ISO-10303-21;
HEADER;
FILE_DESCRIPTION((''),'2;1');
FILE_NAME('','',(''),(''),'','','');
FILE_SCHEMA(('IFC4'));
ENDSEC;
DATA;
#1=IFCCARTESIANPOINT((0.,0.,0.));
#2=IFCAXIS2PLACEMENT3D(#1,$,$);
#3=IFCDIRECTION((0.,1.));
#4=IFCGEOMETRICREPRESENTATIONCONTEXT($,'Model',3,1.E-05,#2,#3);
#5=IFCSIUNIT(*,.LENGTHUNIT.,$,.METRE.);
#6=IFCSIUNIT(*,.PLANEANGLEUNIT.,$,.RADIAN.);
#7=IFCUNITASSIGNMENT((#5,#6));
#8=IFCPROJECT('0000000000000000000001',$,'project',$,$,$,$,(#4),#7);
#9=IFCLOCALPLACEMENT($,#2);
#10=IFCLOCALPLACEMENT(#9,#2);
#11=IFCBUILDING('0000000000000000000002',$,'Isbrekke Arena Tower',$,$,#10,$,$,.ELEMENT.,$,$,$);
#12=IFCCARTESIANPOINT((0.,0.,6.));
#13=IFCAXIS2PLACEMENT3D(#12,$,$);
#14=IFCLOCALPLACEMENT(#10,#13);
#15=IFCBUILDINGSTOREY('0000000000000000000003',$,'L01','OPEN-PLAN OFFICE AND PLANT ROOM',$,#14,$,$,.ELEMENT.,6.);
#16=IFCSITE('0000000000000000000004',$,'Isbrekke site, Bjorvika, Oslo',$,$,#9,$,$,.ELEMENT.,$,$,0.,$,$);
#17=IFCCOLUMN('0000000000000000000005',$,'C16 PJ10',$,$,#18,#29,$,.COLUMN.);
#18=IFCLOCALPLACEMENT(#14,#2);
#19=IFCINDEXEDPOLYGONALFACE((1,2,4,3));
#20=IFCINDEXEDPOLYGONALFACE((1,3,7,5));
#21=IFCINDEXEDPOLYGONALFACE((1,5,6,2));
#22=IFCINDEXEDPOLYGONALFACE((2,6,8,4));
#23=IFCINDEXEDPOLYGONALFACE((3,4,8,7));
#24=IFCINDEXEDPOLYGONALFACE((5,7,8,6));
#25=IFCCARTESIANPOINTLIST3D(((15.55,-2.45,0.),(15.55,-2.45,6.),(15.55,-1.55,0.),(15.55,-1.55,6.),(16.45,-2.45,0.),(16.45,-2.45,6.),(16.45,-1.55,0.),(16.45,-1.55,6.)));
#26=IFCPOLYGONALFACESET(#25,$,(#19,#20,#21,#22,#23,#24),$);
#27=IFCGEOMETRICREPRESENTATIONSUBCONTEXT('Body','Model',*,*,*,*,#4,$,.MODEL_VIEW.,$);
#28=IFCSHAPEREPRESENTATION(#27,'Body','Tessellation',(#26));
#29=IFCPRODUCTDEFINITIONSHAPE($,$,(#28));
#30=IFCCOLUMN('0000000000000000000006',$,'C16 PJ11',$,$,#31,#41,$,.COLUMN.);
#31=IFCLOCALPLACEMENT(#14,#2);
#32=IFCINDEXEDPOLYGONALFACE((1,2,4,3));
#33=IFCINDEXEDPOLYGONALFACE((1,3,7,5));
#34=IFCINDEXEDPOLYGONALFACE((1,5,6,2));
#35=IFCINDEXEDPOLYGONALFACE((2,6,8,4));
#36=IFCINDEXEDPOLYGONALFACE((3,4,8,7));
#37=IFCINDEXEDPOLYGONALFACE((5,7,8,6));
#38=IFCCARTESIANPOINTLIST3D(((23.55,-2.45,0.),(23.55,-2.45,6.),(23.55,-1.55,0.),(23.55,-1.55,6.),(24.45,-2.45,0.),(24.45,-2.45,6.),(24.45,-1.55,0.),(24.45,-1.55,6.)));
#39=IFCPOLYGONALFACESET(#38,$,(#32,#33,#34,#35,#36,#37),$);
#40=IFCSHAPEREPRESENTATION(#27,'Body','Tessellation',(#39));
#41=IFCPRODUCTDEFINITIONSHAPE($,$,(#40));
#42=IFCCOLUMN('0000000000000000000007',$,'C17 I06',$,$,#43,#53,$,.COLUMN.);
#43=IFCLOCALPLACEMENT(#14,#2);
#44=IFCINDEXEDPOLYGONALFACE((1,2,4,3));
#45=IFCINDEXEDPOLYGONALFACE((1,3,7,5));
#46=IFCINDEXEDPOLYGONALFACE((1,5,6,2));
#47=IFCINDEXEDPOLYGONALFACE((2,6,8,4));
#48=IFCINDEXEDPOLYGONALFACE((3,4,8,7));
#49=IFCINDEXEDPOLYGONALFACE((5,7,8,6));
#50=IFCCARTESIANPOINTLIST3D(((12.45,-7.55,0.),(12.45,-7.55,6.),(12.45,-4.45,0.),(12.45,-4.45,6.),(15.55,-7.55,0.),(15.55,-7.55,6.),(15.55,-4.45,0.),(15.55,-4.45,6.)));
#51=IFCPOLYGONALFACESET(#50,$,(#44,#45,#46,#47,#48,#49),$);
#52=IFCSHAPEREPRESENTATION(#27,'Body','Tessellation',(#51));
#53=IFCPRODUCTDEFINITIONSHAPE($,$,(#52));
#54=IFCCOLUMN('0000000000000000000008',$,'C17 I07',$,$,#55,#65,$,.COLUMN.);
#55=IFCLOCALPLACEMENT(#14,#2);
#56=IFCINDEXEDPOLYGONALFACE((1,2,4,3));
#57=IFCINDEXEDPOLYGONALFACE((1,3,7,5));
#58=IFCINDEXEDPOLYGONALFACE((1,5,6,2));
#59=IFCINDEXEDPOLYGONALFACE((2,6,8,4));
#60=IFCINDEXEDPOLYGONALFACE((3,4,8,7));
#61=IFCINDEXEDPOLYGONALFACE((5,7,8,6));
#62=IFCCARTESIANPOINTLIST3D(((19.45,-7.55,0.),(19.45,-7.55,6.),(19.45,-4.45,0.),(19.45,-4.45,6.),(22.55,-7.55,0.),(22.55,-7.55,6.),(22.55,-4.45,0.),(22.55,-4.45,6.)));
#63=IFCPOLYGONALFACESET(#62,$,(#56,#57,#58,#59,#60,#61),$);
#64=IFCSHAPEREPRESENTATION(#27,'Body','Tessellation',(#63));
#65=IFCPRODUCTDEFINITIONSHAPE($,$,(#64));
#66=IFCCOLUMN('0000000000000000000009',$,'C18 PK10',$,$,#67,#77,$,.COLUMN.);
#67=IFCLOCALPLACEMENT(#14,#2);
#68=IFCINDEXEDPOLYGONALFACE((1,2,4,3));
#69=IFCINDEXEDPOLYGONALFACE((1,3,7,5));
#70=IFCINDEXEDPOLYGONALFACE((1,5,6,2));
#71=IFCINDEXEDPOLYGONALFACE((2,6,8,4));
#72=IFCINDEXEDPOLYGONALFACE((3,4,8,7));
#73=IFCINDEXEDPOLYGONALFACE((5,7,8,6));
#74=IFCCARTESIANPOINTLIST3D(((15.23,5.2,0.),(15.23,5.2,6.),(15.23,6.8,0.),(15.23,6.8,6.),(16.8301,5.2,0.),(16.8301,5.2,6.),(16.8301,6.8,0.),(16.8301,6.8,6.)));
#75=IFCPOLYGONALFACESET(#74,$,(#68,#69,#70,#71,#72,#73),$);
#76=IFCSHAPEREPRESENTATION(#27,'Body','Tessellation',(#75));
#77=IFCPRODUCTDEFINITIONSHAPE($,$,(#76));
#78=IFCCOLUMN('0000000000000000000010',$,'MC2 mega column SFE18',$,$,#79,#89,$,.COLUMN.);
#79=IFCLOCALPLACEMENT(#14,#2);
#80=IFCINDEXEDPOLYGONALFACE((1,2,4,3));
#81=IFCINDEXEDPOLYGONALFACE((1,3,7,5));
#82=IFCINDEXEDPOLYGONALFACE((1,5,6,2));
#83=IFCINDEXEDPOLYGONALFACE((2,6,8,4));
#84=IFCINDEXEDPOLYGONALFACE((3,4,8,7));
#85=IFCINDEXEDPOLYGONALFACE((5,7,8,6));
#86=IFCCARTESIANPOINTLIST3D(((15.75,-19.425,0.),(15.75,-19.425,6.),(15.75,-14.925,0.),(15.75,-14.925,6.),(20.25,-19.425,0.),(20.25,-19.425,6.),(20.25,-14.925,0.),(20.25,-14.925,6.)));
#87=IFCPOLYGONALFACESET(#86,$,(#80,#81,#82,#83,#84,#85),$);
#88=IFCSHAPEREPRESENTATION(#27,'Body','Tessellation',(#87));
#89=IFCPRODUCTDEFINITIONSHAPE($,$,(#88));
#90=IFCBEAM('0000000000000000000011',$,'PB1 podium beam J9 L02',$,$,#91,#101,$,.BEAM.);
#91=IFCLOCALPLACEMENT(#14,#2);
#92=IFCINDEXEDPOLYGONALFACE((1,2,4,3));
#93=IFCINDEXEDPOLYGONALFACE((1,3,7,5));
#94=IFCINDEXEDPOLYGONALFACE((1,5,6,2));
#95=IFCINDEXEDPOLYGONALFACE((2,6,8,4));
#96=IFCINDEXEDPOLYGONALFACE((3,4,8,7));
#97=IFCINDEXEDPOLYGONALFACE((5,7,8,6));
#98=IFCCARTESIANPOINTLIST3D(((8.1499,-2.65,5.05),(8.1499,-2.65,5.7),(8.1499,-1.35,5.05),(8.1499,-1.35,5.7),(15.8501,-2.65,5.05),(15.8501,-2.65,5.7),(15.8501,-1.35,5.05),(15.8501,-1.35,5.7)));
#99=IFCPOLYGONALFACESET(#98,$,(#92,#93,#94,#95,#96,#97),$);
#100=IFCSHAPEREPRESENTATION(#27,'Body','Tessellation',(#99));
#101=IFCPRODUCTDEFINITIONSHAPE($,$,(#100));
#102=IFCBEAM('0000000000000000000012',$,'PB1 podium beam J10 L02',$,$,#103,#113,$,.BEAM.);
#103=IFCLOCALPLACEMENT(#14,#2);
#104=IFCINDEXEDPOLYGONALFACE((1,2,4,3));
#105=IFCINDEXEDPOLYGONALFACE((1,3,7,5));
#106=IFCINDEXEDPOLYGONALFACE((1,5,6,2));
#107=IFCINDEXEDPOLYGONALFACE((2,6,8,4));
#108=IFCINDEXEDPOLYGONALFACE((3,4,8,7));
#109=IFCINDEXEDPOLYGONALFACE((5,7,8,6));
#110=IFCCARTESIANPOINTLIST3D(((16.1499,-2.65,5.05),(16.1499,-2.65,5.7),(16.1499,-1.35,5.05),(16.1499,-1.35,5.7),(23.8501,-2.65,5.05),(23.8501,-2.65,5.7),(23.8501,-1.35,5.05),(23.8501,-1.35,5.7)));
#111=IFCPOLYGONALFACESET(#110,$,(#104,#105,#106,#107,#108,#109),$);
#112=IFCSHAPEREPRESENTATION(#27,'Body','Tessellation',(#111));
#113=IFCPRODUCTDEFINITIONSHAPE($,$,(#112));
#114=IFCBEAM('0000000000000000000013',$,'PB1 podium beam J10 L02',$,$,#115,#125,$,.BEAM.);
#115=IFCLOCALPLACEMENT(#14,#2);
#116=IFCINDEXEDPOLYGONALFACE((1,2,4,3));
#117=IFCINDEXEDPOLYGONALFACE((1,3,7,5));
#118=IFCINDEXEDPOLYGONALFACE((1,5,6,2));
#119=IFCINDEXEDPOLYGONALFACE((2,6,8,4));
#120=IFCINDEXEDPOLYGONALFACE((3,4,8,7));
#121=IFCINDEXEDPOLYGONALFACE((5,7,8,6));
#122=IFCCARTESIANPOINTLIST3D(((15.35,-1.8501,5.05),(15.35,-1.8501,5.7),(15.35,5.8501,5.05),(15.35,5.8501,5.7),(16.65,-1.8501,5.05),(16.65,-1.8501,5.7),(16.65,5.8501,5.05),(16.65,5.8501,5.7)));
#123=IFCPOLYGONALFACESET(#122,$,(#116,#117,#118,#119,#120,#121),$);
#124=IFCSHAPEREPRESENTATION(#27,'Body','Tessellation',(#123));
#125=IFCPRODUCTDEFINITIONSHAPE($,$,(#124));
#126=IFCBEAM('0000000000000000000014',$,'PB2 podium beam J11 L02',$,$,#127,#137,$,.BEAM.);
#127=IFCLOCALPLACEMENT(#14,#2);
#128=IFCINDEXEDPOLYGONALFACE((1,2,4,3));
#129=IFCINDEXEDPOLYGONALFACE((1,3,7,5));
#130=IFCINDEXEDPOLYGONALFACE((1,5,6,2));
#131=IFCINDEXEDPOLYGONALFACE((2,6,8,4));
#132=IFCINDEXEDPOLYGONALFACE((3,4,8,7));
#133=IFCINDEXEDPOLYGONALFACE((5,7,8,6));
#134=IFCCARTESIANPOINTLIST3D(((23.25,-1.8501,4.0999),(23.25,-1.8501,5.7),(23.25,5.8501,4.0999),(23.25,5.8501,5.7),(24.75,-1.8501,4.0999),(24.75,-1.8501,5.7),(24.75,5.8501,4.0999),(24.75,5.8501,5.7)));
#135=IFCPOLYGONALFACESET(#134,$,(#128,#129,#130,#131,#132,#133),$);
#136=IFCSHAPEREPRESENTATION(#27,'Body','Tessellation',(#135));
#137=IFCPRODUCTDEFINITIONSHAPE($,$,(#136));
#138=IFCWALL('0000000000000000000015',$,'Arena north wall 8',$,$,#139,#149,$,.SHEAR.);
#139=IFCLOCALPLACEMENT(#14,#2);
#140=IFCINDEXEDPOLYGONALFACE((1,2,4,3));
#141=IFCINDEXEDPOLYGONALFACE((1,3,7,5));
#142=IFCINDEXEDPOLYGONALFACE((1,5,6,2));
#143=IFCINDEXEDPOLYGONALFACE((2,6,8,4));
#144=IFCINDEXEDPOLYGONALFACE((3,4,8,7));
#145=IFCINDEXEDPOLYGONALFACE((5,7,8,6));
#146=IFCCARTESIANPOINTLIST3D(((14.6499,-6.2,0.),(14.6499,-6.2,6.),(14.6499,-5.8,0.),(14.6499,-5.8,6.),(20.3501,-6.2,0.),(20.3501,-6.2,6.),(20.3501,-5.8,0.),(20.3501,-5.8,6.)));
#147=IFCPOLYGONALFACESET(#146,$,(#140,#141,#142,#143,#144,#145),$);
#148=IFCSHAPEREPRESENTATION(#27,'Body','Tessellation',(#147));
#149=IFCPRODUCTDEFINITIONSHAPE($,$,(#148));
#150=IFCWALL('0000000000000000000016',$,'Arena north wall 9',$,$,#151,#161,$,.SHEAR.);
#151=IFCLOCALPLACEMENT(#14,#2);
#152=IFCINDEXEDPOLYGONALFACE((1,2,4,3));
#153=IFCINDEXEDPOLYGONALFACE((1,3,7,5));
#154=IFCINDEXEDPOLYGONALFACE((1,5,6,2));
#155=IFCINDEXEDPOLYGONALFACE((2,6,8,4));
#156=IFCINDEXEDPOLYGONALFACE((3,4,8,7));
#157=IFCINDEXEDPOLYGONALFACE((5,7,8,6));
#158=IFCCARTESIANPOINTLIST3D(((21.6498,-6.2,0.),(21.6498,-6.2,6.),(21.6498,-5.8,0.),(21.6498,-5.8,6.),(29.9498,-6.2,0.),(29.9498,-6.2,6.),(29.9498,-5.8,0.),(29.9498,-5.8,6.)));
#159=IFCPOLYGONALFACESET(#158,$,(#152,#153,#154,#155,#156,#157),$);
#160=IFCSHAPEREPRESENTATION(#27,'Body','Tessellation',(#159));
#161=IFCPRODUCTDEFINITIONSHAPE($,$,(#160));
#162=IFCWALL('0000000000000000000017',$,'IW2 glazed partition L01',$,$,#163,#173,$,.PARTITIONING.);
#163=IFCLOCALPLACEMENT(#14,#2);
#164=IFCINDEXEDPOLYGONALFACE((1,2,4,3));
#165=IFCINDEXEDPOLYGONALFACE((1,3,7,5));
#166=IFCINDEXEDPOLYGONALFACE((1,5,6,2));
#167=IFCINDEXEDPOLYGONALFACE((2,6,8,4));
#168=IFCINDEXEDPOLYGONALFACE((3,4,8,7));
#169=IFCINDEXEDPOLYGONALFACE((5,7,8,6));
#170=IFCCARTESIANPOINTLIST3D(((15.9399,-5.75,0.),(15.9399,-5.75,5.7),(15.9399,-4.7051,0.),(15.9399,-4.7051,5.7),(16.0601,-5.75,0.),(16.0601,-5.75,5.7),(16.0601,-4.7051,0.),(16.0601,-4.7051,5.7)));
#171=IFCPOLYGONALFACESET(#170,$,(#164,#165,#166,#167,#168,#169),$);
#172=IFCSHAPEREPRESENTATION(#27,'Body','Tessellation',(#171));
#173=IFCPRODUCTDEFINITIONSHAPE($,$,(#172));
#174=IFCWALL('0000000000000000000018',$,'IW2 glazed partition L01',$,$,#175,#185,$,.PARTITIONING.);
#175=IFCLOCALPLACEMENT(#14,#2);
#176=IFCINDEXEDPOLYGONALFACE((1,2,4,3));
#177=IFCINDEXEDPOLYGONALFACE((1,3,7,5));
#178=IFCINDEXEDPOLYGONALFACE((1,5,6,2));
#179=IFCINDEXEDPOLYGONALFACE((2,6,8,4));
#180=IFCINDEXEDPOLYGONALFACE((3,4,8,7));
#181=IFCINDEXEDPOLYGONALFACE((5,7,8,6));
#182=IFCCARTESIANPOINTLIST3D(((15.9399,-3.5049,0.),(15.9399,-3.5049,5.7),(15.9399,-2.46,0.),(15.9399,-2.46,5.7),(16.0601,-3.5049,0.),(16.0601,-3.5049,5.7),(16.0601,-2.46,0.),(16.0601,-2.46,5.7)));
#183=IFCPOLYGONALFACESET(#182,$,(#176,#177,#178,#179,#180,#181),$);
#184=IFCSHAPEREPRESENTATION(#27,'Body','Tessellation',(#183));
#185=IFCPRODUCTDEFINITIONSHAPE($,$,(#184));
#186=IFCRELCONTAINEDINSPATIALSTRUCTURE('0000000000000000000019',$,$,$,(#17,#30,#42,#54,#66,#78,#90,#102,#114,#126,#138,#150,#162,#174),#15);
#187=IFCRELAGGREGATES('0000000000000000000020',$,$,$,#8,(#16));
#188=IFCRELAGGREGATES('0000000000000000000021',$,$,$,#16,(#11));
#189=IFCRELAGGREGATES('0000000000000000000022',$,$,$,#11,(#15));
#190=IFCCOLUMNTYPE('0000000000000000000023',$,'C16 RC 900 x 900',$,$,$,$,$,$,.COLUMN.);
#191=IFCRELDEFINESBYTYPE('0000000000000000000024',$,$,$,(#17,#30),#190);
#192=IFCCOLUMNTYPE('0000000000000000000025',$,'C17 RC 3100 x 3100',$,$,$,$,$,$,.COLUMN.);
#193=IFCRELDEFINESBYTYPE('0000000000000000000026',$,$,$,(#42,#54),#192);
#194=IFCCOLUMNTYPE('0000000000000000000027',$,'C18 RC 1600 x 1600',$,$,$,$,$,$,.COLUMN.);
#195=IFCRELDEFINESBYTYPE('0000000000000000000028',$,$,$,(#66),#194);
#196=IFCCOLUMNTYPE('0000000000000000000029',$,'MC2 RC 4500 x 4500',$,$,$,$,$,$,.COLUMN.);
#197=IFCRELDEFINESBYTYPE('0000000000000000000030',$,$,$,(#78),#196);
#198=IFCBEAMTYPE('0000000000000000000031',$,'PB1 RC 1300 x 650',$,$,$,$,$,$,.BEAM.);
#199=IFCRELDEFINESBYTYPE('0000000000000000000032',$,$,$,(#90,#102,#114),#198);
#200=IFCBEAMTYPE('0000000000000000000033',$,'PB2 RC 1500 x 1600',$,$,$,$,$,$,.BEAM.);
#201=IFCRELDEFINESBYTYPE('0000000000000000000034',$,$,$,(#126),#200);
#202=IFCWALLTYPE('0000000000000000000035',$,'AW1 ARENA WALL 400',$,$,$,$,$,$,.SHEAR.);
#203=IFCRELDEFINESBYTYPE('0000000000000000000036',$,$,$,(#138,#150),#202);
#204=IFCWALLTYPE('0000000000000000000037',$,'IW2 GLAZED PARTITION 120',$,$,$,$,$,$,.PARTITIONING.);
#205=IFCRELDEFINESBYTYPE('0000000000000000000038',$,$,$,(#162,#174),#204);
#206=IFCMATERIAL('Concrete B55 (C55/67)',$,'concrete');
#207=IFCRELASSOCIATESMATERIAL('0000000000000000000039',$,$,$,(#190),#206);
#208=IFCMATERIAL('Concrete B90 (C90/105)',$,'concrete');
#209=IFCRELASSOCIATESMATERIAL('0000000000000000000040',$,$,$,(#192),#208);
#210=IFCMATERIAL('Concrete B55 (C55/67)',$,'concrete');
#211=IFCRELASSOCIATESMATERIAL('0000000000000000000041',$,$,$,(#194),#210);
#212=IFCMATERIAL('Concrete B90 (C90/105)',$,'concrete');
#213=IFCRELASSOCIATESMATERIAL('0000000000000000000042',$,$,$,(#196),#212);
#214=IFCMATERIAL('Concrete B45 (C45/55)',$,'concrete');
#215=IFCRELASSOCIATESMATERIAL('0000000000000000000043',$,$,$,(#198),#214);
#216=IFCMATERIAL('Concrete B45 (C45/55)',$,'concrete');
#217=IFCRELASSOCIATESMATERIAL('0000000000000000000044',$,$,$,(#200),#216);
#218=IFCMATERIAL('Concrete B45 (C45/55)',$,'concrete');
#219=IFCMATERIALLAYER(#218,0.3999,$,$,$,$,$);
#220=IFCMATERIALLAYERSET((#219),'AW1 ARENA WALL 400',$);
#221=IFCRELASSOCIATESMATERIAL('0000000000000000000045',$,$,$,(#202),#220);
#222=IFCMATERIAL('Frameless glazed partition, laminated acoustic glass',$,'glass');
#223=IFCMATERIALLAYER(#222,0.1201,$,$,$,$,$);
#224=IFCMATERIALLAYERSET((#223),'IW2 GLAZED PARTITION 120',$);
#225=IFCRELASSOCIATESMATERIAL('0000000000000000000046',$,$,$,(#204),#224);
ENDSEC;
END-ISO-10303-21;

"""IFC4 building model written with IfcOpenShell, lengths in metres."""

from ifc_helpers import new_model, si_unit, direction, frame, frame_2d, origin, origin_2d, place, context, subcontext, project, spatial, rectangle, extrude, material, layer, layer_set, material_profile, profile_set, type_object, element, save


model = new_model("IFC4")

# Units and contexts
model_context = context("Model", 3, precision=1e-05, world=origin(), true_north=direction((0.0, 1.0)))
body_context = subcontext(model_context, "Body", "Model", "MODEL_VIEW")
ifc_project = project(units=[si_unit("LENGTHUNIT", "METRE"), si_unit("PLANEANGLEUNIT", "RADIAN")], contexts=[model_context])

# Site, building, storey
site_placement = place(None, origin())
site = spatial("IfcSite", under=ifc_project, at=site_placement, Name="Isbrekke site, Bjorvika, Oslo", CompositionType="ELEMENT", RefElevation=0.0)
building_placement = place(site_placement, origin())
building = spatial("IfcBuilding", under=site, at=building_placement, Name="Isbrekke Arena Tower", CompositionType="ELEMENT")
storey_placement = place(building_placement, frame((0.0, 0.0, 6.0)))
storey = spatial("IfcBuildingStorey", under=building, at=storey_placement, Name="L01", Description="OPEN-PLAN OFFICE AND PLANT ROOM", CompositionType="ELEMENT", Elevation=6.0)

# Columns
ifc_material_1 = material(Name="Concrete B55 (C55/67)", Category="concrete")
ifc_material_profile_1 = material_profile(ifc_material_1, rectangle(XDim=0.8999, YDim=0.8999, at=origin_2d()), Name="RC 900x900")
ifc_profile_set_1 = profile_set([ifc_material_profile_1], Name="Concrete B55 (C55/67)")
column_type_1 = type_object("IfcColumnType", Name="C16 RC 900 x 900", PredefinedType="COLUMN", material=ifc_profile_set_1)
for number, where, z_axis, x_axis, name in (
    (1, (16.0, -2.0, 0.0), (0.0, 0.0, 1.0), (1.0, 0.0, 0.0), "C16 PJ10"),
    (2, (24.0, -2.0, 0.0), (0.0, 0.0, 1.0), (1.0, 0.0, 0.0), "C16 PJ11"),
):
    element("IfcColumn", number, at=place(storey_placement, frame(where, z_axis=z_axis, x_axis=x_axis)), inside=storey, type_object=column_type_1, Name=name, PredefinedType="COLUMN", context=body_context, shape_type="SweptSolid", body=[
        extrude(rectangle(XDim=0.8999, YDim=0.8999, at=origin_2d()), origin(), (0.0, 0.0, 1.0), 6.0),
    ])
ifc_material_2 = material(Name="Concrete B90 (C90/105)", Category="concrete")
ifc_material_profile_2 = material_profile(ifc_material_2, rectangle(XDim=3.1001, YDim=3.1001, at=origin_2d()), Name="RC 3100x3100")
ifc_profile_set_2 = profile_set([ifc_material_profile_2], Name="Concrete B90 (C90/105)")
column_type_2 = type_object("IfcColumnType", Name="C17 RC 3100 x 3100", PredefinedType="COLUMN", material=ifc_profile_set_2)
for number, where, z_axis, x_axis, name in (
    (3, (14.0, -6.0, 0.0), (0.0, 0.0, 1.0), (1.0, 0.0, 0.0), "C17 I06"),
    (4, (21.0, -6.0, 0.0), (0.0, 0.0, 1.0), (1.0, 0.0, 0.0), "C17 I07"),
):
    element("IfcColumn", number, at=place(storey_placement, frame(where, z_axis=z_axis, x_axis=x_axis)), inside=storey, type_object=column_type_2, Name=name, PredefinedType="COLUMN", context=body_context, shape_type="SweptSolid", body=[
        extrude(rectangle(XDim=3.1001, YDim=3.1001, at=origin_2d()), origin(), (0.0, 0.0, 1.0), 6.0),
    ])
ifc_material_3 = material(Name="Concrete B55 (C55/67)", Category="concrete")
ifc_material_profile_3 = material_profile(ifc_material_3, rectangle(XDim=1.6001, YDim=1.6001, at=origin_2d()), Name="RC 1600x1600")
ifc_profile_set_3 = profile_set([ifc_material_profile_3], Name="Concrete B55 (C55/67)")
column_type_3 = type_object("IfcColumnType", Name="C18 RC 1600 x 1600", PredefinedType="COLUMN", material=ifc_profile_set_3)
column_1_placement = place(storey_placement, frame((16.03, 6.0, 0.0), z_axis=(0.0, 0.0, 1.0), x_axis=(1.0, 0.0, 0.0)))
element("IfcColumn", 5, at=column_1_placement, inside=storey, type_object=column_type_3, Name="C18 PK10", PredefinedType="COLUMN", context=body_context, shape_type="SweptSolid", body=[
    extrude(rectangle(XDim=1.6001, YDim=1.6001, at=origin_2d()), origin(), (0.0, 0.0, 1.0), 6.0),
])
ifc_material_4 = material(Name="Concrete B90 (C90/105)", Category="concrete")
ifc_material_profile_4 = material_profile(ifc_material_4, rectangle(XDim=4.5, YDim=4.5, at=origin_2d()), Name="RC 4500x4500")
ifc_profile_set_4 = profile_set([ifc_material_profile_4], Name="Concrete B90 (C90/105)")
column_type_4 = type_object("IfcColumnType", Name="MC2 RC 4500 x 4500", PredefinedType="COLUMN", material=ifc_profile_set_4)
column_2_placement = place(storey_placement, frame((18.0, -17.175, 0.0), z_axis=(0.0, 0.0, 1.0), x_axis=(1.0, 0.0, 0.0)))
element("IfcColumn", 6, at=column_2_placement, inside=storey, type_object=column_type_4, Name="MC2 mega column SFE18", PredefinedType="COLUMN", context=body_context, shape_type="SweptSolid", body=[
    extrude(rectangle(XDim=4.5, YDim=4.5, at=origin_2d()), origin(), (0.0, 0.0, 1.0), 6.0),
])

# Beams
ifc_material_5 = material(Name="Concrete B45 (C45/55)", Category="concrete")
ifc_material_profile_5 = material_profile(ifc_material_5, rectangle(XDim=1.3, YDim=0.6499, at=origin_2d()), Name="RC 1300x650")
ifc_profile_set_5 = profile_set([ifc_material_profile_5], Name="Concrete B45 (C45/55)")
beam_type_1 = type_object("IfcBeamType", Name="PB1 RC 1300 x 650", PredefinedType="BEAM", material=ifc_profile_set_5)
for number, where, z_axis, x_axis, name in (
    (7, (8.1499, -2.0, 5.375), (1.0, 0.0, 0.0), (0.0, 1.0, 0.0), "PB1 podium beam J9 L02"),
    (8, (16.1499, -2.0, 5.375), (1.0, 0.0, 0.0), (0.0, 1.0, 0.0), "PB1 podium beam J10 L02"),
    (9, (16.0, -1.8501, 5.375), (0.0, 1.0, 0.0), (-1.0, 0.0, 0.0), "PB1 podium beam J10 L02"),
):
    element("IfcBeam", number, at=place(storey_placement, frame(where, z_axis=z_axis, x_axis=x_axis)), inside=storey, type_object=beam_type_1, Name=name, PredefinedType="BEAM", context=body_context, shape_type="SweptSolid", body=[
        extrude(rectangle(XDim=1.3, YDim=0.6499, at=origin_2d()), origin(), (0.0, 0.0, 1.0), 7.7002),
    ])
ifc_material_6 = material(Name="Concrete B45 (C45/55)", Category="concrete")
ifc_material_profile_6 = material_profile(ifc_material_6, rectangle(XDim=1.5, YDim=1.6001, at=origin_2d()), Name="RC 1500x1600")
ifc_profile_set_6 = profile_set([ifc_material_profile_6], Name="Concrete B45 (C45/55)")
beam_type_2 = type_object("IfcBeamType", Name="PB2 RC 1500 x 1600", PredefinedType="BEAM", material=ifc_profile_set_6)
beam_placement = place(storey_placement, frame((24.0, -1.8501, 4.8999), z_axis=(0.0, 1.0, 0.0), x_axis=(-1.0, 0.0, 0.0)))
element("IfcBeam", 10, at=beam_placement, inside=storey, type_object=beam_type_2, Name="PB2 podium beam J11 L02", PredefinedType="BEAM", context=body_context, shape_type="SweptSolid", body=[
    extrude(rectangle(XDim=1.5, YDim=1.6001, at=origin_2d()), origin(), (0.0, 0.0, 1.0), 7.7002),
])

# Walls
ifc_material_7 = material(Name="Concrete B45 (C45/55)", Category="concrete")
ifc_layer_1 = layer(ifc_material_7, 0.3999)
ifc_layer_set_1 = layer_set([ifc_layer_1], Name="AW1 ARENA WALL 400")
wall_type_1 = type_object("IfcWallType", Name="AW1 ARENA WALL 400", PredefinedType="SHEAR", material=ifc_layer_set_1)
wall_1_placement = place(storey_placement, frame((14.6499, -6.0, 0.0), z_axis=(0.0, 0.0, 1.0), x_axis=(1.0, 0.0, 0.0)))
element("IfcWall", 11, at=wall_1_placement, inside=storey, type_object=wall_type_1, Name="Arena north wall 8", PredefinedType="SHEAR", context=body_context, shape_type="SweptSolid", body=[
    extrude(rectangle(XDim=5.7002, YDim=0.3999, at=frame_2d((2.8501, 0.0))), origin(), (0.0, 0.0, 1.0), 6.0),
])
wall_2_placement = place(storey_placement, frame((21.6499, -6.0, 0.0), z_axis=(0.0, 0.0, 1.0), x_axis=(1.0, 0.0, 0.0)))
element("IfcWall", 12, at=wall_2_placement, inside=storey, type_object=wall_type_1, Name="Arena north wall 9", PredefinedType="SHEAR", context=body_context, shape_type="SweptSolid", body=[
    extrude(rectangle(XDim=8.3, YDim=0.3999, at=frame_2d((4.1499, 0.0))), origin(), (0.0, 0.0, 1.0), 6.0),
])
ifc_material_8 = material(Name="Frameless glazed partition, laminated acoustic glass", Category="glass")
ifc_layer_2 = layer(ifc_material_8, 0.1201)
ifc_layer_set_2 = layer_set([ifc_layer_2], Name="IW2 GLAZED PARTITION 120")
wall_type_2 = type_object("IfcWallType", Name="IW2 GLAZED PARTITION 120", PredefinedType="PARTITIONING", material=ifc_layer_set_2)
for number, where, z_axis, x_axis, name in (
    (13, (16.0, -5.75, 0.0), (0.0, 0.0, 1.0), (0.0, 1.0, 0.0), "IW2 glazed partition L01"),
    (14, (16.0, -3.5049, 0.0), (0.0, 0.0, 1.0), (0.0, 1.0, 0.0), "IW2 glazed partition L01"),
):
    element("IfcWall", number, at=place(storey_placement, frame(where, z_axis=z_axis, x_axis=x_axis)), inside=storey, type_object=wall_type_2, Name=name, PredefinedType="PARTITIONING", context=body_context, shape_type="SweptSolid", body=[
        extrude(rectangle(XDim=1.0449, YDim=0.1201, at=frame_2d((0.5225, 0.0))), origin(), (0.0, 0.0, 1.0), 5.7),
    ])

save(model, "model.ifc")
